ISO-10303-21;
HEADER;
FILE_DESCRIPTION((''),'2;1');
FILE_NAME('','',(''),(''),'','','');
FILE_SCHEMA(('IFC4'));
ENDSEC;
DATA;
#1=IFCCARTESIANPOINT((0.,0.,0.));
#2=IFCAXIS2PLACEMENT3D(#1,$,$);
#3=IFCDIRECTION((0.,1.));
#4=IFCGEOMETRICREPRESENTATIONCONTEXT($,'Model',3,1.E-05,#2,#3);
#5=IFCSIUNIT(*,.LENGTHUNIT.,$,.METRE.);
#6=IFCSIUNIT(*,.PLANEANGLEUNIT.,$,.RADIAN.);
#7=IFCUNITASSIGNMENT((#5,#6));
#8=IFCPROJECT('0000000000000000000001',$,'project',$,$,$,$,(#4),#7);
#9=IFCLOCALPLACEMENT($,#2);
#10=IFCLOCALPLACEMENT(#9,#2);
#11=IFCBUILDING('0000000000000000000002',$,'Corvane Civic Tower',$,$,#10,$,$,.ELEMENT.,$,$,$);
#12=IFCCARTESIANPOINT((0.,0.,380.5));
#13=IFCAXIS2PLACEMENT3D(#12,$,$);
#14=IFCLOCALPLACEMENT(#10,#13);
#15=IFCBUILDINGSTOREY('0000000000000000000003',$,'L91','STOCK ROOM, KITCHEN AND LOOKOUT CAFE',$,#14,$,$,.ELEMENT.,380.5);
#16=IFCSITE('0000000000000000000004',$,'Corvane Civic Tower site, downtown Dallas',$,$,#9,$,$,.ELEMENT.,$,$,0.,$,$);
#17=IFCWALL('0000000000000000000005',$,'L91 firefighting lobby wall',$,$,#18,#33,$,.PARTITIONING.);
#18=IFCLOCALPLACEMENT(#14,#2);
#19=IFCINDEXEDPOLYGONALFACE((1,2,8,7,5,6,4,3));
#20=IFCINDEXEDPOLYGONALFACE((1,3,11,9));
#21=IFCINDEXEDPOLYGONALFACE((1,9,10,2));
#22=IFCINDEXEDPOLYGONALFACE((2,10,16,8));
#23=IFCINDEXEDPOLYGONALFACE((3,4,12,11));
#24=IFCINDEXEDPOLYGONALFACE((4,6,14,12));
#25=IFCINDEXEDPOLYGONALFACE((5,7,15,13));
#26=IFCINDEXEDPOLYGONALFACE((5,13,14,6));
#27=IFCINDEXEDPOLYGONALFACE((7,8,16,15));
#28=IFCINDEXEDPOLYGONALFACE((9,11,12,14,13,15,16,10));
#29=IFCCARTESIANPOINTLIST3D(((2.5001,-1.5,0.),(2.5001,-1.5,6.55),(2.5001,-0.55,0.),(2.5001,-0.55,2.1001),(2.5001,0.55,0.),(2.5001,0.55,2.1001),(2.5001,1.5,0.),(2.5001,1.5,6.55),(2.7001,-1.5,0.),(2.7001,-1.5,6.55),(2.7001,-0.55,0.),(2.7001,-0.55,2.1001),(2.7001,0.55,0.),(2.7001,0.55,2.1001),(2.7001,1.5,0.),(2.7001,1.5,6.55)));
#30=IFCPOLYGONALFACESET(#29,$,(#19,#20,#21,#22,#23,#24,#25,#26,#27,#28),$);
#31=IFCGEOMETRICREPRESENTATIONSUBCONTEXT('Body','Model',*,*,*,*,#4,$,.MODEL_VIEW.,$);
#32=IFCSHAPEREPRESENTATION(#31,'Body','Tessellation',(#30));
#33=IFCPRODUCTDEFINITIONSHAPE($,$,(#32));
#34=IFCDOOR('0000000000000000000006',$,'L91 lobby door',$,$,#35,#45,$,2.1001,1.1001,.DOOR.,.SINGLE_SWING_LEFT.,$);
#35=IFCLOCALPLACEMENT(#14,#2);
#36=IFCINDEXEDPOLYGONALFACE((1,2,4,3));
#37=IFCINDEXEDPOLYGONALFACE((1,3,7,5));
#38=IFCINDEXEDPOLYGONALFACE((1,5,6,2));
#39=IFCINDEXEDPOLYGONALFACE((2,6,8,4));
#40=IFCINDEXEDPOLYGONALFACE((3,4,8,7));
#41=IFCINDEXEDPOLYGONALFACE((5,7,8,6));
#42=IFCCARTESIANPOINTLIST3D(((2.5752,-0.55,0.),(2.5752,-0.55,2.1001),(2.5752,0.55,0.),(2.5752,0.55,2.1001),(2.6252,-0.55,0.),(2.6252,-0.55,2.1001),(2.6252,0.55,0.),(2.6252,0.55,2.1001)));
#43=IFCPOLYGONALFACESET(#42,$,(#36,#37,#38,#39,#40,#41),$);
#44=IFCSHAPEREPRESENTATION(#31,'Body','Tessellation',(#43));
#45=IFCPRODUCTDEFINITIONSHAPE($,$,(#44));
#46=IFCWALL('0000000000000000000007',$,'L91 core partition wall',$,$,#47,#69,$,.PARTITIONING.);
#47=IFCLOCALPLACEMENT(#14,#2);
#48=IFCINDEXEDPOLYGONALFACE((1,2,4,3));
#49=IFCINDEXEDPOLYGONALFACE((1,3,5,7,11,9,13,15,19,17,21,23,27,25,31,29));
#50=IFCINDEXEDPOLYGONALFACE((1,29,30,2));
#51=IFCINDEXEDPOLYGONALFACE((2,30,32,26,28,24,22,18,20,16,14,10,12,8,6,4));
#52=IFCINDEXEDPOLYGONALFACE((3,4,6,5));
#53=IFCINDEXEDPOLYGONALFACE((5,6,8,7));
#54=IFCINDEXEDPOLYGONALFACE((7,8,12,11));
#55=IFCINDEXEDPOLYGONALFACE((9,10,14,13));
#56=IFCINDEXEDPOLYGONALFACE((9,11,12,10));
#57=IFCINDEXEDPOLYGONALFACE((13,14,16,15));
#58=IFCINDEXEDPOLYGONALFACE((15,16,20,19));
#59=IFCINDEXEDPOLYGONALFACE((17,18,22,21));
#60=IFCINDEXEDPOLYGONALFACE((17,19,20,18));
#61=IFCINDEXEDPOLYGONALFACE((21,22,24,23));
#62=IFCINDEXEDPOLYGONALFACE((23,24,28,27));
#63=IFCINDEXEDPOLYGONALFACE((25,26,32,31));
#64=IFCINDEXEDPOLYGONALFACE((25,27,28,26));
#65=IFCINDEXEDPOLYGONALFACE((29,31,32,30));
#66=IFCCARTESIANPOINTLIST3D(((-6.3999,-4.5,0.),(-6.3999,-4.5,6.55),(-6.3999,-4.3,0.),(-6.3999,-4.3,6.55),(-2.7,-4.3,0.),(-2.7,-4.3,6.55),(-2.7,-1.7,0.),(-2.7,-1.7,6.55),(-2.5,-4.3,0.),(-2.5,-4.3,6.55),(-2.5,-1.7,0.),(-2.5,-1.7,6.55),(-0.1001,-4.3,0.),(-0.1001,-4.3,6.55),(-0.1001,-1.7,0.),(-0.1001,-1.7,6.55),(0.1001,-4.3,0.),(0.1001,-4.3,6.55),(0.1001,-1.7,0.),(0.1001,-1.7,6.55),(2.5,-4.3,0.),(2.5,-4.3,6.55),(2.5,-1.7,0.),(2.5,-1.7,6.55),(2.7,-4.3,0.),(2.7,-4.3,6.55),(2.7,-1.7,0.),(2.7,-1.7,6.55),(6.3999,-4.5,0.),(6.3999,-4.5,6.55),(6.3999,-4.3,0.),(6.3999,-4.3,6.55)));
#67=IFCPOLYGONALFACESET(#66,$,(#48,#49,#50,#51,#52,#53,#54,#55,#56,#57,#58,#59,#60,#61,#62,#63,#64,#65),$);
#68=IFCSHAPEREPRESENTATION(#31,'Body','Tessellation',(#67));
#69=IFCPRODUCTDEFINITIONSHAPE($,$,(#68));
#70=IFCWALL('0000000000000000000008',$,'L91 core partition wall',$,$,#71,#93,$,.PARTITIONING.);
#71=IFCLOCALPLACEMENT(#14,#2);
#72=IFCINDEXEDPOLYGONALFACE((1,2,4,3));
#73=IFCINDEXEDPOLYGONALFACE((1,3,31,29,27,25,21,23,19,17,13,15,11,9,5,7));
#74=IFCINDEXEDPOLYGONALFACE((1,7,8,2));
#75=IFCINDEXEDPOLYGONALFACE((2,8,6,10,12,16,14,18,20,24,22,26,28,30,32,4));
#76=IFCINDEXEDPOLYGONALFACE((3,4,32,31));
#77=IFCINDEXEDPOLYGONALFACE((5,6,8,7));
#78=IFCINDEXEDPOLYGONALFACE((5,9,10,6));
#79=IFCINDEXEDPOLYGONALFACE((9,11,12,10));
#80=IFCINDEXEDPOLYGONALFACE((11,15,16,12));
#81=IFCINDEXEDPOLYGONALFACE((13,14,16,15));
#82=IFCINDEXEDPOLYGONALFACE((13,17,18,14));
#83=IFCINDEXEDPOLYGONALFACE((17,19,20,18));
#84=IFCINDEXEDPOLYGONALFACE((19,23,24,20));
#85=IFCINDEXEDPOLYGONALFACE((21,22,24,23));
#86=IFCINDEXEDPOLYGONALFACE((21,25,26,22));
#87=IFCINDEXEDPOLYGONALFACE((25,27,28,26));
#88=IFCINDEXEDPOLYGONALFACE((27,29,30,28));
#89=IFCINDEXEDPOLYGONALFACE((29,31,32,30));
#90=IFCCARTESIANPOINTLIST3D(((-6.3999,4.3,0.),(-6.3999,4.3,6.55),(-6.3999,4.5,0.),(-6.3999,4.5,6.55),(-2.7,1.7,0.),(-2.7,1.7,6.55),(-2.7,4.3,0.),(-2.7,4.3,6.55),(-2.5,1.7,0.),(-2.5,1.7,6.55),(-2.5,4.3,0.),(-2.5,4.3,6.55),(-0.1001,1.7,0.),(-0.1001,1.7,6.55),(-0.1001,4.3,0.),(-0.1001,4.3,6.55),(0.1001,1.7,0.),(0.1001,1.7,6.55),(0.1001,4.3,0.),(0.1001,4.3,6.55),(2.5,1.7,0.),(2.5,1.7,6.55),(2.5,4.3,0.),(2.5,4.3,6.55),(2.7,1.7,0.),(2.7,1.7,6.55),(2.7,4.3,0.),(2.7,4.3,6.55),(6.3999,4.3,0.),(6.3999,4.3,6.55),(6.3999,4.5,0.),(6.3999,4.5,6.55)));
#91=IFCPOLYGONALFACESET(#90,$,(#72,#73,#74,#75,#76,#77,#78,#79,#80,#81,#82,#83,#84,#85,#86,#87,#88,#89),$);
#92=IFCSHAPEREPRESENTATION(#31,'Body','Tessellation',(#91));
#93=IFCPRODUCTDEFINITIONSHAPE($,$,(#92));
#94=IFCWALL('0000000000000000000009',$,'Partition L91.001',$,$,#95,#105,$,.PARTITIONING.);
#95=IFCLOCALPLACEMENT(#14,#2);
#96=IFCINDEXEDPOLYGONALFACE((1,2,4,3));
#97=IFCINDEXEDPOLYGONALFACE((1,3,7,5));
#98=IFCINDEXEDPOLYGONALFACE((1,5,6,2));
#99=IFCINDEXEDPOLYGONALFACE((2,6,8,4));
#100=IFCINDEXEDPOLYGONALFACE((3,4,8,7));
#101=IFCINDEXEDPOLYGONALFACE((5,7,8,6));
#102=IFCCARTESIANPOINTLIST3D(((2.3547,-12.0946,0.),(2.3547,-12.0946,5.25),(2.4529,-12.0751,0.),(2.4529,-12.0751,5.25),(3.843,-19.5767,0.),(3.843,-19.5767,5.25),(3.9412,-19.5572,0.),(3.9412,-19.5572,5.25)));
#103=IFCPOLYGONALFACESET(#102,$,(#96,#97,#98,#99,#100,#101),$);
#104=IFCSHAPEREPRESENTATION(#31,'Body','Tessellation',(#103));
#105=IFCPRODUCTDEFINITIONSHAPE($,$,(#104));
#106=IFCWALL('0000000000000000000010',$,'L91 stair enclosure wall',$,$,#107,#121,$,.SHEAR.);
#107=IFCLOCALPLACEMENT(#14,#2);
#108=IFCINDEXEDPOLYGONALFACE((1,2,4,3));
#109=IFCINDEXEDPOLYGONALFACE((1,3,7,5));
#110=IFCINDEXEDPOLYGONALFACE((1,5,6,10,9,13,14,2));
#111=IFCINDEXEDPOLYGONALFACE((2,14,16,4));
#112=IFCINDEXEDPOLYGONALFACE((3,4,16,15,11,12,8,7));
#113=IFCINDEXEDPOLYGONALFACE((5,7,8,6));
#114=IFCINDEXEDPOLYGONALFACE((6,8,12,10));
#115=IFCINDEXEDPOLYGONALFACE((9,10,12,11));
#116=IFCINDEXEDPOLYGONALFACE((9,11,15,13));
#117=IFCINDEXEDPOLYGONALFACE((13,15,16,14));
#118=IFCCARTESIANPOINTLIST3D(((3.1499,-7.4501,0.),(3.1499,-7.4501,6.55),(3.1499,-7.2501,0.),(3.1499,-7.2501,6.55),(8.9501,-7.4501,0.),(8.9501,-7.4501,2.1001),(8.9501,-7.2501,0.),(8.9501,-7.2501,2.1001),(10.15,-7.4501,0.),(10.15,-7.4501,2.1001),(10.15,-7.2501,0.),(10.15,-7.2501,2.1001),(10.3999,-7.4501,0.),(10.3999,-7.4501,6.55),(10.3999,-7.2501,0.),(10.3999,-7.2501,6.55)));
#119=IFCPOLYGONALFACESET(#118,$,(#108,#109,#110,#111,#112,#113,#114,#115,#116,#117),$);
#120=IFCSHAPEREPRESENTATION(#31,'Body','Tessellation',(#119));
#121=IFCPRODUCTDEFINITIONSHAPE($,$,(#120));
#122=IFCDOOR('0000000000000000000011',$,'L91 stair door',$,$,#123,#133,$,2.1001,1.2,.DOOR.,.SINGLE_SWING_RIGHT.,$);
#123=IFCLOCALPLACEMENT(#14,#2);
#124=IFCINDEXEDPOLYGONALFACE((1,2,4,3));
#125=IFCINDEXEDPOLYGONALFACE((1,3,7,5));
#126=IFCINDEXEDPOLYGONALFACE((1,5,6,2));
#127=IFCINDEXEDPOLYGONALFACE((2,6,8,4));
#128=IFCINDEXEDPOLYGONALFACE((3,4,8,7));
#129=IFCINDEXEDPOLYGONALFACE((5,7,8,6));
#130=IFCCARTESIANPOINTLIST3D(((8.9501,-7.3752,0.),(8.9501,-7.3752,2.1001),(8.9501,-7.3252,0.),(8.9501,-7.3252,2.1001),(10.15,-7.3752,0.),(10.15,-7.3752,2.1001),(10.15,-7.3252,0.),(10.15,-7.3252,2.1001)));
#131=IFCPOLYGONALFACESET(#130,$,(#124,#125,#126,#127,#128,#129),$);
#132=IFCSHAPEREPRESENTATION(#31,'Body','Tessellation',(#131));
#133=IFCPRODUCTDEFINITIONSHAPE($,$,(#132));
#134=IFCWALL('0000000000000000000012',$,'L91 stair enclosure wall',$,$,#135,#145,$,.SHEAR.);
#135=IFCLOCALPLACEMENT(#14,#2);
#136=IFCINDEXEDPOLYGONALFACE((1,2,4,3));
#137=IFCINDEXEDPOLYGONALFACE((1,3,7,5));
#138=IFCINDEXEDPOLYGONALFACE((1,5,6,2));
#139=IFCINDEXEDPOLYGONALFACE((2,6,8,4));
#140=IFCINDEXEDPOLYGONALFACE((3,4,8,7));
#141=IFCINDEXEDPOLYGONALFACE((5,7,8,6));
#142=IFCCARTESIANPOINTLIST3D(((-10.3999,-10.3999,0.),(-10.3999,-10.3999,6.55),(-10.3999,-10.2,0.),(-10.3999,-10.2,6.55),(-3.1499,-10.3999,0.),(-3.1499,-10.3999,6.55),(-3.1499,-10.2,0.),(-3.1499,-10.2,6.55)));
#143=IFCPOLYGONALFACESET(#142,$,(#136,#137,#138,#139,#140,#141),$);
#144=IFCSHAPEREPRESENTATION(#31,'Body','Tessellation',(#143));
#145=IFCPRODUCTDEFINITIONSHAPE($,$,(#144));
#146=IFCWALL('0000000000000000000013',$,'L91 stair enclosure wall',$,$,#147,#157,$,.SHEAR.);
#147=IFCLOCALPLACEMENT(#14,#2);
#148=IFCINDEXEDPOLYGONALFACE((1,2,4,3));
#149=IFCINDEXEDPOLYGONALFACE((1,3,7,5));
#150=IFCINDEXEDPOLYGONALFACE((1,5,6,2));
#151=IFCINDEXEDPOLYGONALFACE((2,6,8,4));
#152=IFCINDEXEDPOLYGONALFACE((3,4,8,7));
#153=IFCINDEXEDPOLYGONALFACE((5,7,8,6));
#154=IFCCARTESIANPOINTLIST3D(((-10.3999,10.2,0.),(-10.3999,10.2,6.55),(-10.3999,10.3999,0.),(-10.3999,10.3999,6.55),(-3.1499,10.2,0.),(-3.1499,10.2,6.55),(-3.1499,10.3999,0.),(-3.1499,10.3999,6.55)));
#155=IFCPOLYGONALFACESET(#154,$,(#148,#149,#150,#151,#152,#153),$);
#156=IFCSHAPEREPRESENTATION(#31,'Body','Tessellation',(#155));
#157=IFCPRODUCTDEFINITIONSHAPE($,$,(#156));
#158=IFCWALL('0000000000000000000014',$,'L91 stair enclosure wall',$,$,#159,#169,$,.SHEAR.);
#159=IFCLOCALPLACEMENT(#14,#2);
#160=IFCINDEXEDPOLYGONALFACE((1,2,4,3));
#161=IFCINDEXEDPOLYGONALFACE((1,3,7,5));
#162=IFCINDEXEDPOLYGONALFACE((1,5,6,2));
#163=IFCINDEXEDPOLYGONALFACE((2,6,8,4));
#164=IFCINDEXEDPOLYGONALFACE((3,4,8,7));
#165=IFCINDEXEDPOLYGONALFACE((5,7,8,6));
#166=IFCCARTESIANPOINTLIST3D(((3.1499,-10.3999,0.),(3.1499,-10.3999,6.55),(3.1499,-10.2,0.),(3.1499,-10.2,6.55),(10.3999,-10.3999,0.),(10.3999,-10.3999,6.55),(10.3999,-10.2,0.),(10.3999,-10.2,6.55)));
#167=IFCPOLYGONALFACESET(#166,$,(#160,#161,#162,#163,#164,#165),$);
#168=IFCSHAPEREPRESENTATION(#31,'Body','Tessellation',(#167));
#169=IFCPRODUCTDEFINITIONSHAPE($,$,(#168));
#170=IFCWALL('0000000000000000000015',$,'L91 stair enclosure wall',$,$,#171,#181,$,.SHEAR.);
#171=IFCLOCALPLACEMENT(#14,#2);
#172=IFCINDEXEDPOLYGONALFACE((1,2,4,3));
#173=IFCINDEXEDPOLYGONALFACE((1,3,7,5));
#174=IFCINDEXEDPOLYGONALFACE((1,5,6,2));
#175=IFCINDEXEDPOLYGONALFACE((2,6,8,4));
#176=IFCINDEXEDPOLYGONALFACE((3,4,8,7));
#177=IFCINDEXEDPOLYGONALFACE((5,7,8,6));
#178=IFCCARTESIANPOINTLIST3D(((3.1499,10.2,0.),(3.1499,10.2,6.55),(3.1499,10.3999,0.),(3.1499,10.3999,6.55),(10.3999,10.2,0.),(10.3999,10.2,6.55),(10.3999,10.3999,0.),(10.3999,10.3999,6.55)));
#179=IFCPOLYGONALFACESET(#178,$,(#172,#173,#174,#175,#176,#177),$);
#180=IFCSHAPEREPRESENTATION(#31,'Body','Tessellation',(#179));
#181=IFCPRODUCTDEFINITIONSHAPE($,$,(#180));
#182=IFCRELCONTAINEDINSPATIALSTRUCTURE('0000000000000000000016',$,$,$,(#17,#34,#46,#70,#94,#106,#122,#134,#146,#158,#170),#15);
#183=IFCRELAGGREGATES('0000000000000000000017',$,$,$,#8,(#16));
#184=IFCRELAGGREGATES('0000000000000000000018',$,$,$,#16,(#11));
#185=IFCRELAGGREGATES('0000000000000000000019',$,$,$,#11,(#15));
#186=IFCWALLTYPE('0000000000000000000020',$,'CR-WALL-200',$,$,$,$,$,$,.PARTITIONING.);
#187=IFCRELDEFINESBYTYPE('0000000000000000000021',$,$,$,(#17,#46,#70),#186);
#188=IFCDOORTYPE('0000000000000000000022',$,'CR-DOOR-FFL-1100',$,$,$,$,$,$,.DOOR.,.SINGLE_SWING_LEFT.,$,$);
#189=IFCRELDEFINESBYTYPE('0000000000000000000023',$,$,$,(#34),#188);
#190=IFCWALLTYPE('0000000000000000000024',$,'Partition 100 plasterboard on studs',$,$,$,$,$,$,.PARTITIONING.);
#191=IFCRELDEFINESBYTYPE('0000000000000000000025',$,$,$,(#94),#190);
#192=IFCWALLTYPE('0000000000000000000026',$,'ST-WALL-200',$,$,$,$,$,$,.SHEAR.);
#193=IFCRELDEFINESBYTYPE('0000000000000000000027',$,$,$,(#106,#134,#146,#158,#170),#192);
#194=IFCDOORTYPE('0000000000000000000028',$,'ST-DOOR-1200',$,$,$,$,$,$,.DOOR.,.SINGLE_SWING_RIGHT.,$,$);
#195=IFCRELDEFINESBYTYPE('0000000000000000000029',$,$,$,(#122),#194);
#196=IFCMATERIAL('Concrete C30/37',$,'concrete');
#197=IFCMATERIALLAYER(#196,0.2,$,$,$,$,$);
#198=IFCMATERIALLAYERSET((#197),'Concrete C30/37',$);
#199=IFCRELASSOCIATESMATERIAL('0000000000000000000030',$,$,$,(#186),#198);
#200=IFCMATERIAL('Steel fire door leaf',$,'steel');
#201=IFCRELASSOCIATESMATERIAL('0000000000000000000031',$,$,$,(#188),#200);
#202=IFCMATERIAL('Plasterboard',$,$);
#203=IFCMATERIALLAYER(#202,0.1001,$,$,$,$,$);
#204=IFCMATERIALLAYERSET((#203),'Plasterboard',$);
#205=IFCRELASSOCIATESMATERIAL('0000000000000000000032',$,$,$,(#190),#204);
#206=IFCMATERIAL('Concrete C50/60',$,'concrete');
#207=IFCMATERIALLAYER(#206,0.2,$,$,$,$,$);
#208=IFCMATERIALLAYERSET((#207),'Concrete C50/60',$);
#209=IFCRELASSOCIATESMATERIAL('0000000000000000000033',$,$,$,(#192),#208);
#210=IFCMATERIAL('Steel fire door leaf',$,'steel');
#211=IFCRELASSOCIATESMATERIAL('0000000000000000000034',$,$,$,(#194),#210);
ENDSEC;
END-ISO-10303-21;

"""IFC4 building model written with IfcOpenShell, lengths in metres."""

from ifc_helpers import new_model, si_unit, direction, frame, frame_2d, origin, place, context, subcontext, project, spatial, polyline, rectangle, outline, extrude, material, layer, layer_set, type_object, element, fill, save


model = new_model("IFC4")

# Units and contexts
model_context = context("Model", 3, precision=1e-05, world=origin(), true_north=direction((0.0, 1.0)))
body_context = subcontext(model_context, "Body", "Model", "MODEL_VIEW")
ifc_project = project(units=[si_unit("LENGTHUNIT", "METRE"), si_unit("PLANEANGLEUNIT", "RADIAN")], contexts=[model_context])

# Site, building, storey
site_placement = place(None, origin())
site = spatial("IfcSite", under=ifc_project, at=site_placement, Name="Corvane Civic Tower site, downtown Dallas", CompositionType="ELEMENT", RefElevation=0.0)
building_placement = place(site_placement, origin())
building = spatial("IfcBuilding", under=site, at=building_placement, Name="Corvane Civic Tower", CompositionType="ELEMENT")
storey_placement = place(building_placement, frame((0.0, 0.0, 380.5)))
storey = spatial("IfcBuildingStorey", under=building, at=storey_placement, Name="L91", Description="STOCK ROOM, KITCHEN AND LOOKOUT CAFE", CompositionType="ELEMENT", Elevation=380.5)

# Wall, opening, door
ifc_material_1 = material(Name="Concrete C30/37", Category="concrete")
ifc_layer_1 = layer(ifc_material_1, 0.2)
ifc_layer_set_1 = layer_set([ifc_layer_1], Name="Concrete C30/37")
wall_type_1 = type_object("IfcWallType", Name="CR-WALL-200", PredefinedType="PARTITIONING", material=ifc_layer_set_1)
wall_1_placement = place(storey_placement, frame((2.6001, -1.5, 0.0), z_axis=(0.0, 0.0, 1.0), x_axis=(0.0, 1.0, 0.0)))
wall_1 = element("IfcWall", 1, at=wall_1_placement, inside=storey, type_object=wall_type_1, Name="L91 firefighting lobby wall", PredefinedType="PARTITIONING", context=body_context, shape_type="SweptSolid", body=[
    extrude(rectangle(XDim=3.0, YDim=0.2, at=frame_2d((1.5, 0.0))), origin(), (0.0, 0.0, 1.0), 6.55),
])
opening_1_placement = place(wall_1_placement, frame((0.95, 0.0, 0.0)))
opening_1 = element("IfcOpeningElement", 2, at=opening_1_placement, cuts=wall_1, PredefinedType="OPENING", context=body_context, shape_type="SweptSolid", body=[
    extrude(rectangle(XDim=1.1001, YDim=2.1001, at=frame_2d((0.55, 1.05))), frame((0.0, 0.1099, 0.0), z_axis=(0.0, -1.0, 0.0), x_axis=(1.0, 0.0, 0.0)), (0.0, 0.0, 1.0), 0.22),
])
ifc_material_2 = material(Name="Steel fire door leaf", Category="steel")
door_type_1 = type_object("IfcDoorType", Name="CR-DOOR-FFL-1100", OperationType="SINGLE_SWING_LEFT", PredefinedType="DOOR", material=ifc_material_2)
door_1_placement = place(opening_1_placement, origin())
door_1 = element("IfcDoor", 3, at=door_1_placement, inside=storey, type_object=door_type_1, Name="L91 lobby door", OperationType="SINGLE_SWING_LEFT", OverallHeight=2.1001, OverallWidth=1.1001, PredefinedType="DOOR", context=body_context, shape_type="SweptSolid", body=[
    extrude(rectangle(XDim=1.1001, YDim=2.1001, at=frame_2d((0.55, 1.05))), frame((0.0, 0.0249, 0.0), z_axis=(0.0, -1.0, 0.0), x_axis=(1.0, 0.0, 0.0)), (0.0, 0.0, 1.0), 0.05),
])
fill(opening_1, door_1)

# Walls
wall_2_placement = place(storey_placement, origin())
element("IfcWall", 4, at=wall_2_placement, inside=storey, type_object=wall_type_1, Name="L91 core partition wall", PredefinedType="PARTITIONING", context=body_context, shape_type="SweptSolid", body=[
    extrude(outline(polyline([(-6.3999, -4.3), (-2.7, -4.3), (-2.7, -1.7), (-2.5, -1.7), (-2.5, -4.3), (-0.1001, -4.3), (-0.1001, -1.7), (0.1001, -1.7), (0.1001, -4.3), (2.5, -4.3), (2.5, -1.7), (2.7, -1.7), (2.7, -4.3), (6.3999, -4.3), (6.3999, -4.5), (-6.3999, -4.5), (-6.3999, -4.3)])), origin(), (0.0, 0.0, 1.0), 6.55),
])
wall_3_placement = place(storey_placement, origin())
element("IfcWall", 5, at=wall_3_placement, inside=storey, type_object=wall_type_1, Name="L91 core partition wall", PredefinedType="PARTITIONING", context=body_context, shape_type="SweptSolid", body=[
    extrude(outline(polyline([(-2.7, 4.3), (-6.3999, 4.3), (-6.3999, 4.5), (6.3999, 4.5), (6.3999, 4.3), (2.7, 4.3), (2.7, 1.7), (2.5, 1.7), (2.5, 4.3), (0.1001, 4.3), (0.1001, 1.7), (-0.1001, 1.7), (-0.1001, 4.3), (-2.5, 4.3), (-2.5, 1.7), (-2.7, 1.7), (-2.7, 4.3)])), origin(), (0.0, 0.0, 1.0), 6.55),
])
ifc_material_3 = material(Name="Plasterboard")
ifc_layer_2 = layer(ifc_material_3, 0.1001)
ifc_layer_set_2 = layer_set([ifc_layer_2], Name="Plasterboard")
wall_type_2 = type_object("IfcWallType", Name="Partition 100 plasterboard on studs", PredefinedType="PARTITIONING", material=ifc_layer_set_2)
wall_4_placement = place(storey_placement, frame((2.4038, -12.0847, 0.0), z_axis=(0.0, 0.0, 1.0), x_axis=(0.195088, -0.980786, 0.0)))
element("IfcWall", 6, at=wall_4_placement, inside=storey, type_object=wall_type_2, Name="Partition L91.001", PredefinedType="PARTITIONING", context=body_context, shape_type="SweptSolid", body=[
    extrude(rectangle(XDim=7.6287, YDim=0.1001, at=frame_2d((3.8145, 0.0))), origin(), (0.0, 0.0, 1.0), 5.25),
])

# Wall, opening, door
ifc_material_4 = material(Name="Concrete C50/60", Category="concrete")
ifc_layer_3 = layer(ifc_material_4, 0.2)
ifc_layer_set_3 = layer_set([ifc_layer_3], Name="Concrete C50/60")
wall_type_3 = type_object("IfcWallType", Name="ST-WALL-200", PredefinedType="SHEAR", material=ifc_layer_set_3)
wall_5_placement = place(storey_placement, frame((3.1499, -7.3501, 0.0), z_axis=(0.0, 0.0, 1.0), x_axis=(1.0, 0.0, 0.0)))
wall_5 = element("IfcWall", 7, at=wall_5_placement, inside=storey, type_object=wall_type_3, Name="L91 stair enclosure wall", PredefinedType="SHEAR", context=body_context, shape_type="SweptSolid", body=[
    extrude(rectangle(XDim=7.25, YDim=0.2, at=frame_2d((3.625, 0.0))), origin(), (0.0, 0.0, 1.0), 6.55),
])
opening_2_placement = place(wall_5_placement, frame((5.8, 0.0, 0.0)))
opening_2 = element("IfcOpeningElement", 8, at=opening_2_placement, cuts=wall_5, PredefinedType="OPENING", context=body_context, shape_type="SweptSolid", body=[
    extrude(rectangle(XDim=1.2, YDim=2.1001, at=frame_2d((0.6001, 1.05))), frame((0.0, 0.1099, 0.0), z_axis=(0.0, -1.0, 0.0), x_axis=(1.0, 0.0, 0.0)), (0.0, 0.0, 1.0), 0.22),
])
ifc_material_5 = material(Name="Steel fire door leaf", Category="steel")
door_type_2 = type_object("IfcDoorType", Name="ST-DOOR-1200", OperationType="SINGLE_SWING_RIGHT", PredefinedType="DOOR", material=ifc_material_5)
door_2_placement = place(opening_2_placement, origin())
door_2 = element("IfcDoor", 9, at=door_2_placement, inside=storey, type_object=door_type_2, Name="L91 stair door", OperationType="SINGLE_SWING_RIGHT", OverallHeight=2.1001, OverallWidth=1.2, PredefinedType="DOOR", context=body_context, shape_type="SweptSolid", body=[
    extrude(rectangle(XDim=1.2, YDim=2.1001, at=frame_2d((0.6001, 1.05))), frame((0.0, 0.0249, 0.0), z_axis=(0.0, -1.0, 0.0), x_axis=(1.0, 0.0, 0.0)), (0.0, 0.0, 1.0), 0.05),
])
fill(opening_2, door_2)

# Walls
wall_6_placement = place(storey_placement, origin())
element("IfcWall", 10, at=wall_6_placement, inside=storey, type_object=wall_type_3, Name="L91 stair enclosure wall", PredefinedType="SHEAR", context=body_context, shape_type="SweptSolid", body=[
    extrude(outline(polyline([(-3.1499, -10.2), (-3.1499, -10.3999), (-10.3999, -10.3999), (-10.3999, -10.2), (-3.1499, -10.2)])), origin(), (0.0, 0.0, 1.0), 6.55),
])
wall_7_placement = place(storey_placement, origin())
element("IfcWall", 11, at=wall_7_placement, inside=storey, type_object=wall_type_3, Name="L91 stair enclosure wall", PredefinedType="SHEAR", context=body_context, shape_type="SweptSolid", body=[
    extrude(outline(polyline([(-3.1499, 10.2), (-10.3999, 10.2), (-10.3999, 10.3999), (-3.1499, 10.3999), (-3.1499, 10.2)])), origin(), (0.0, 0.0, 1.0), 6.55),
])
wall_8_placement = place(storey_placement, origin())
element("IfcWall", 12, at=wall_8_placement, inside=storey, type_object=wall_type_3, Name="L91 stair enclosure wall", PredefinedType="SHEAR", context=body_context, shape_type="SweptSolid", body=[
    extrude(outline(polyline([(10.3999, -10.3999), (3.1499, -10.3999), (3.1499, -10.2), (10.3999, -10.2), (10.3999, -10.3999)])), origin(), (0.0, 0.0, 1.0), 6.55),
])
wall_9_placement = place(storey_placement, origin())
element("IfcWall", 13, at=wall_9_placement, inside=storey, type_object=wall_type_3, Name="L91 stair enclosure wall", PredefinedType="SHEAR", context=body_context, shape_type="SweptSolid", body=[
    extrude(outline(polyline([(10.3999, 10.2), (3.1499, 10.2), (3.1499, 10.3999), (10.3999, 10.3999), (10.3999, 10.2)])), origin(), (0.0, 0.0, 1.0), 6.55),
])

save(model, "model.ifc")
